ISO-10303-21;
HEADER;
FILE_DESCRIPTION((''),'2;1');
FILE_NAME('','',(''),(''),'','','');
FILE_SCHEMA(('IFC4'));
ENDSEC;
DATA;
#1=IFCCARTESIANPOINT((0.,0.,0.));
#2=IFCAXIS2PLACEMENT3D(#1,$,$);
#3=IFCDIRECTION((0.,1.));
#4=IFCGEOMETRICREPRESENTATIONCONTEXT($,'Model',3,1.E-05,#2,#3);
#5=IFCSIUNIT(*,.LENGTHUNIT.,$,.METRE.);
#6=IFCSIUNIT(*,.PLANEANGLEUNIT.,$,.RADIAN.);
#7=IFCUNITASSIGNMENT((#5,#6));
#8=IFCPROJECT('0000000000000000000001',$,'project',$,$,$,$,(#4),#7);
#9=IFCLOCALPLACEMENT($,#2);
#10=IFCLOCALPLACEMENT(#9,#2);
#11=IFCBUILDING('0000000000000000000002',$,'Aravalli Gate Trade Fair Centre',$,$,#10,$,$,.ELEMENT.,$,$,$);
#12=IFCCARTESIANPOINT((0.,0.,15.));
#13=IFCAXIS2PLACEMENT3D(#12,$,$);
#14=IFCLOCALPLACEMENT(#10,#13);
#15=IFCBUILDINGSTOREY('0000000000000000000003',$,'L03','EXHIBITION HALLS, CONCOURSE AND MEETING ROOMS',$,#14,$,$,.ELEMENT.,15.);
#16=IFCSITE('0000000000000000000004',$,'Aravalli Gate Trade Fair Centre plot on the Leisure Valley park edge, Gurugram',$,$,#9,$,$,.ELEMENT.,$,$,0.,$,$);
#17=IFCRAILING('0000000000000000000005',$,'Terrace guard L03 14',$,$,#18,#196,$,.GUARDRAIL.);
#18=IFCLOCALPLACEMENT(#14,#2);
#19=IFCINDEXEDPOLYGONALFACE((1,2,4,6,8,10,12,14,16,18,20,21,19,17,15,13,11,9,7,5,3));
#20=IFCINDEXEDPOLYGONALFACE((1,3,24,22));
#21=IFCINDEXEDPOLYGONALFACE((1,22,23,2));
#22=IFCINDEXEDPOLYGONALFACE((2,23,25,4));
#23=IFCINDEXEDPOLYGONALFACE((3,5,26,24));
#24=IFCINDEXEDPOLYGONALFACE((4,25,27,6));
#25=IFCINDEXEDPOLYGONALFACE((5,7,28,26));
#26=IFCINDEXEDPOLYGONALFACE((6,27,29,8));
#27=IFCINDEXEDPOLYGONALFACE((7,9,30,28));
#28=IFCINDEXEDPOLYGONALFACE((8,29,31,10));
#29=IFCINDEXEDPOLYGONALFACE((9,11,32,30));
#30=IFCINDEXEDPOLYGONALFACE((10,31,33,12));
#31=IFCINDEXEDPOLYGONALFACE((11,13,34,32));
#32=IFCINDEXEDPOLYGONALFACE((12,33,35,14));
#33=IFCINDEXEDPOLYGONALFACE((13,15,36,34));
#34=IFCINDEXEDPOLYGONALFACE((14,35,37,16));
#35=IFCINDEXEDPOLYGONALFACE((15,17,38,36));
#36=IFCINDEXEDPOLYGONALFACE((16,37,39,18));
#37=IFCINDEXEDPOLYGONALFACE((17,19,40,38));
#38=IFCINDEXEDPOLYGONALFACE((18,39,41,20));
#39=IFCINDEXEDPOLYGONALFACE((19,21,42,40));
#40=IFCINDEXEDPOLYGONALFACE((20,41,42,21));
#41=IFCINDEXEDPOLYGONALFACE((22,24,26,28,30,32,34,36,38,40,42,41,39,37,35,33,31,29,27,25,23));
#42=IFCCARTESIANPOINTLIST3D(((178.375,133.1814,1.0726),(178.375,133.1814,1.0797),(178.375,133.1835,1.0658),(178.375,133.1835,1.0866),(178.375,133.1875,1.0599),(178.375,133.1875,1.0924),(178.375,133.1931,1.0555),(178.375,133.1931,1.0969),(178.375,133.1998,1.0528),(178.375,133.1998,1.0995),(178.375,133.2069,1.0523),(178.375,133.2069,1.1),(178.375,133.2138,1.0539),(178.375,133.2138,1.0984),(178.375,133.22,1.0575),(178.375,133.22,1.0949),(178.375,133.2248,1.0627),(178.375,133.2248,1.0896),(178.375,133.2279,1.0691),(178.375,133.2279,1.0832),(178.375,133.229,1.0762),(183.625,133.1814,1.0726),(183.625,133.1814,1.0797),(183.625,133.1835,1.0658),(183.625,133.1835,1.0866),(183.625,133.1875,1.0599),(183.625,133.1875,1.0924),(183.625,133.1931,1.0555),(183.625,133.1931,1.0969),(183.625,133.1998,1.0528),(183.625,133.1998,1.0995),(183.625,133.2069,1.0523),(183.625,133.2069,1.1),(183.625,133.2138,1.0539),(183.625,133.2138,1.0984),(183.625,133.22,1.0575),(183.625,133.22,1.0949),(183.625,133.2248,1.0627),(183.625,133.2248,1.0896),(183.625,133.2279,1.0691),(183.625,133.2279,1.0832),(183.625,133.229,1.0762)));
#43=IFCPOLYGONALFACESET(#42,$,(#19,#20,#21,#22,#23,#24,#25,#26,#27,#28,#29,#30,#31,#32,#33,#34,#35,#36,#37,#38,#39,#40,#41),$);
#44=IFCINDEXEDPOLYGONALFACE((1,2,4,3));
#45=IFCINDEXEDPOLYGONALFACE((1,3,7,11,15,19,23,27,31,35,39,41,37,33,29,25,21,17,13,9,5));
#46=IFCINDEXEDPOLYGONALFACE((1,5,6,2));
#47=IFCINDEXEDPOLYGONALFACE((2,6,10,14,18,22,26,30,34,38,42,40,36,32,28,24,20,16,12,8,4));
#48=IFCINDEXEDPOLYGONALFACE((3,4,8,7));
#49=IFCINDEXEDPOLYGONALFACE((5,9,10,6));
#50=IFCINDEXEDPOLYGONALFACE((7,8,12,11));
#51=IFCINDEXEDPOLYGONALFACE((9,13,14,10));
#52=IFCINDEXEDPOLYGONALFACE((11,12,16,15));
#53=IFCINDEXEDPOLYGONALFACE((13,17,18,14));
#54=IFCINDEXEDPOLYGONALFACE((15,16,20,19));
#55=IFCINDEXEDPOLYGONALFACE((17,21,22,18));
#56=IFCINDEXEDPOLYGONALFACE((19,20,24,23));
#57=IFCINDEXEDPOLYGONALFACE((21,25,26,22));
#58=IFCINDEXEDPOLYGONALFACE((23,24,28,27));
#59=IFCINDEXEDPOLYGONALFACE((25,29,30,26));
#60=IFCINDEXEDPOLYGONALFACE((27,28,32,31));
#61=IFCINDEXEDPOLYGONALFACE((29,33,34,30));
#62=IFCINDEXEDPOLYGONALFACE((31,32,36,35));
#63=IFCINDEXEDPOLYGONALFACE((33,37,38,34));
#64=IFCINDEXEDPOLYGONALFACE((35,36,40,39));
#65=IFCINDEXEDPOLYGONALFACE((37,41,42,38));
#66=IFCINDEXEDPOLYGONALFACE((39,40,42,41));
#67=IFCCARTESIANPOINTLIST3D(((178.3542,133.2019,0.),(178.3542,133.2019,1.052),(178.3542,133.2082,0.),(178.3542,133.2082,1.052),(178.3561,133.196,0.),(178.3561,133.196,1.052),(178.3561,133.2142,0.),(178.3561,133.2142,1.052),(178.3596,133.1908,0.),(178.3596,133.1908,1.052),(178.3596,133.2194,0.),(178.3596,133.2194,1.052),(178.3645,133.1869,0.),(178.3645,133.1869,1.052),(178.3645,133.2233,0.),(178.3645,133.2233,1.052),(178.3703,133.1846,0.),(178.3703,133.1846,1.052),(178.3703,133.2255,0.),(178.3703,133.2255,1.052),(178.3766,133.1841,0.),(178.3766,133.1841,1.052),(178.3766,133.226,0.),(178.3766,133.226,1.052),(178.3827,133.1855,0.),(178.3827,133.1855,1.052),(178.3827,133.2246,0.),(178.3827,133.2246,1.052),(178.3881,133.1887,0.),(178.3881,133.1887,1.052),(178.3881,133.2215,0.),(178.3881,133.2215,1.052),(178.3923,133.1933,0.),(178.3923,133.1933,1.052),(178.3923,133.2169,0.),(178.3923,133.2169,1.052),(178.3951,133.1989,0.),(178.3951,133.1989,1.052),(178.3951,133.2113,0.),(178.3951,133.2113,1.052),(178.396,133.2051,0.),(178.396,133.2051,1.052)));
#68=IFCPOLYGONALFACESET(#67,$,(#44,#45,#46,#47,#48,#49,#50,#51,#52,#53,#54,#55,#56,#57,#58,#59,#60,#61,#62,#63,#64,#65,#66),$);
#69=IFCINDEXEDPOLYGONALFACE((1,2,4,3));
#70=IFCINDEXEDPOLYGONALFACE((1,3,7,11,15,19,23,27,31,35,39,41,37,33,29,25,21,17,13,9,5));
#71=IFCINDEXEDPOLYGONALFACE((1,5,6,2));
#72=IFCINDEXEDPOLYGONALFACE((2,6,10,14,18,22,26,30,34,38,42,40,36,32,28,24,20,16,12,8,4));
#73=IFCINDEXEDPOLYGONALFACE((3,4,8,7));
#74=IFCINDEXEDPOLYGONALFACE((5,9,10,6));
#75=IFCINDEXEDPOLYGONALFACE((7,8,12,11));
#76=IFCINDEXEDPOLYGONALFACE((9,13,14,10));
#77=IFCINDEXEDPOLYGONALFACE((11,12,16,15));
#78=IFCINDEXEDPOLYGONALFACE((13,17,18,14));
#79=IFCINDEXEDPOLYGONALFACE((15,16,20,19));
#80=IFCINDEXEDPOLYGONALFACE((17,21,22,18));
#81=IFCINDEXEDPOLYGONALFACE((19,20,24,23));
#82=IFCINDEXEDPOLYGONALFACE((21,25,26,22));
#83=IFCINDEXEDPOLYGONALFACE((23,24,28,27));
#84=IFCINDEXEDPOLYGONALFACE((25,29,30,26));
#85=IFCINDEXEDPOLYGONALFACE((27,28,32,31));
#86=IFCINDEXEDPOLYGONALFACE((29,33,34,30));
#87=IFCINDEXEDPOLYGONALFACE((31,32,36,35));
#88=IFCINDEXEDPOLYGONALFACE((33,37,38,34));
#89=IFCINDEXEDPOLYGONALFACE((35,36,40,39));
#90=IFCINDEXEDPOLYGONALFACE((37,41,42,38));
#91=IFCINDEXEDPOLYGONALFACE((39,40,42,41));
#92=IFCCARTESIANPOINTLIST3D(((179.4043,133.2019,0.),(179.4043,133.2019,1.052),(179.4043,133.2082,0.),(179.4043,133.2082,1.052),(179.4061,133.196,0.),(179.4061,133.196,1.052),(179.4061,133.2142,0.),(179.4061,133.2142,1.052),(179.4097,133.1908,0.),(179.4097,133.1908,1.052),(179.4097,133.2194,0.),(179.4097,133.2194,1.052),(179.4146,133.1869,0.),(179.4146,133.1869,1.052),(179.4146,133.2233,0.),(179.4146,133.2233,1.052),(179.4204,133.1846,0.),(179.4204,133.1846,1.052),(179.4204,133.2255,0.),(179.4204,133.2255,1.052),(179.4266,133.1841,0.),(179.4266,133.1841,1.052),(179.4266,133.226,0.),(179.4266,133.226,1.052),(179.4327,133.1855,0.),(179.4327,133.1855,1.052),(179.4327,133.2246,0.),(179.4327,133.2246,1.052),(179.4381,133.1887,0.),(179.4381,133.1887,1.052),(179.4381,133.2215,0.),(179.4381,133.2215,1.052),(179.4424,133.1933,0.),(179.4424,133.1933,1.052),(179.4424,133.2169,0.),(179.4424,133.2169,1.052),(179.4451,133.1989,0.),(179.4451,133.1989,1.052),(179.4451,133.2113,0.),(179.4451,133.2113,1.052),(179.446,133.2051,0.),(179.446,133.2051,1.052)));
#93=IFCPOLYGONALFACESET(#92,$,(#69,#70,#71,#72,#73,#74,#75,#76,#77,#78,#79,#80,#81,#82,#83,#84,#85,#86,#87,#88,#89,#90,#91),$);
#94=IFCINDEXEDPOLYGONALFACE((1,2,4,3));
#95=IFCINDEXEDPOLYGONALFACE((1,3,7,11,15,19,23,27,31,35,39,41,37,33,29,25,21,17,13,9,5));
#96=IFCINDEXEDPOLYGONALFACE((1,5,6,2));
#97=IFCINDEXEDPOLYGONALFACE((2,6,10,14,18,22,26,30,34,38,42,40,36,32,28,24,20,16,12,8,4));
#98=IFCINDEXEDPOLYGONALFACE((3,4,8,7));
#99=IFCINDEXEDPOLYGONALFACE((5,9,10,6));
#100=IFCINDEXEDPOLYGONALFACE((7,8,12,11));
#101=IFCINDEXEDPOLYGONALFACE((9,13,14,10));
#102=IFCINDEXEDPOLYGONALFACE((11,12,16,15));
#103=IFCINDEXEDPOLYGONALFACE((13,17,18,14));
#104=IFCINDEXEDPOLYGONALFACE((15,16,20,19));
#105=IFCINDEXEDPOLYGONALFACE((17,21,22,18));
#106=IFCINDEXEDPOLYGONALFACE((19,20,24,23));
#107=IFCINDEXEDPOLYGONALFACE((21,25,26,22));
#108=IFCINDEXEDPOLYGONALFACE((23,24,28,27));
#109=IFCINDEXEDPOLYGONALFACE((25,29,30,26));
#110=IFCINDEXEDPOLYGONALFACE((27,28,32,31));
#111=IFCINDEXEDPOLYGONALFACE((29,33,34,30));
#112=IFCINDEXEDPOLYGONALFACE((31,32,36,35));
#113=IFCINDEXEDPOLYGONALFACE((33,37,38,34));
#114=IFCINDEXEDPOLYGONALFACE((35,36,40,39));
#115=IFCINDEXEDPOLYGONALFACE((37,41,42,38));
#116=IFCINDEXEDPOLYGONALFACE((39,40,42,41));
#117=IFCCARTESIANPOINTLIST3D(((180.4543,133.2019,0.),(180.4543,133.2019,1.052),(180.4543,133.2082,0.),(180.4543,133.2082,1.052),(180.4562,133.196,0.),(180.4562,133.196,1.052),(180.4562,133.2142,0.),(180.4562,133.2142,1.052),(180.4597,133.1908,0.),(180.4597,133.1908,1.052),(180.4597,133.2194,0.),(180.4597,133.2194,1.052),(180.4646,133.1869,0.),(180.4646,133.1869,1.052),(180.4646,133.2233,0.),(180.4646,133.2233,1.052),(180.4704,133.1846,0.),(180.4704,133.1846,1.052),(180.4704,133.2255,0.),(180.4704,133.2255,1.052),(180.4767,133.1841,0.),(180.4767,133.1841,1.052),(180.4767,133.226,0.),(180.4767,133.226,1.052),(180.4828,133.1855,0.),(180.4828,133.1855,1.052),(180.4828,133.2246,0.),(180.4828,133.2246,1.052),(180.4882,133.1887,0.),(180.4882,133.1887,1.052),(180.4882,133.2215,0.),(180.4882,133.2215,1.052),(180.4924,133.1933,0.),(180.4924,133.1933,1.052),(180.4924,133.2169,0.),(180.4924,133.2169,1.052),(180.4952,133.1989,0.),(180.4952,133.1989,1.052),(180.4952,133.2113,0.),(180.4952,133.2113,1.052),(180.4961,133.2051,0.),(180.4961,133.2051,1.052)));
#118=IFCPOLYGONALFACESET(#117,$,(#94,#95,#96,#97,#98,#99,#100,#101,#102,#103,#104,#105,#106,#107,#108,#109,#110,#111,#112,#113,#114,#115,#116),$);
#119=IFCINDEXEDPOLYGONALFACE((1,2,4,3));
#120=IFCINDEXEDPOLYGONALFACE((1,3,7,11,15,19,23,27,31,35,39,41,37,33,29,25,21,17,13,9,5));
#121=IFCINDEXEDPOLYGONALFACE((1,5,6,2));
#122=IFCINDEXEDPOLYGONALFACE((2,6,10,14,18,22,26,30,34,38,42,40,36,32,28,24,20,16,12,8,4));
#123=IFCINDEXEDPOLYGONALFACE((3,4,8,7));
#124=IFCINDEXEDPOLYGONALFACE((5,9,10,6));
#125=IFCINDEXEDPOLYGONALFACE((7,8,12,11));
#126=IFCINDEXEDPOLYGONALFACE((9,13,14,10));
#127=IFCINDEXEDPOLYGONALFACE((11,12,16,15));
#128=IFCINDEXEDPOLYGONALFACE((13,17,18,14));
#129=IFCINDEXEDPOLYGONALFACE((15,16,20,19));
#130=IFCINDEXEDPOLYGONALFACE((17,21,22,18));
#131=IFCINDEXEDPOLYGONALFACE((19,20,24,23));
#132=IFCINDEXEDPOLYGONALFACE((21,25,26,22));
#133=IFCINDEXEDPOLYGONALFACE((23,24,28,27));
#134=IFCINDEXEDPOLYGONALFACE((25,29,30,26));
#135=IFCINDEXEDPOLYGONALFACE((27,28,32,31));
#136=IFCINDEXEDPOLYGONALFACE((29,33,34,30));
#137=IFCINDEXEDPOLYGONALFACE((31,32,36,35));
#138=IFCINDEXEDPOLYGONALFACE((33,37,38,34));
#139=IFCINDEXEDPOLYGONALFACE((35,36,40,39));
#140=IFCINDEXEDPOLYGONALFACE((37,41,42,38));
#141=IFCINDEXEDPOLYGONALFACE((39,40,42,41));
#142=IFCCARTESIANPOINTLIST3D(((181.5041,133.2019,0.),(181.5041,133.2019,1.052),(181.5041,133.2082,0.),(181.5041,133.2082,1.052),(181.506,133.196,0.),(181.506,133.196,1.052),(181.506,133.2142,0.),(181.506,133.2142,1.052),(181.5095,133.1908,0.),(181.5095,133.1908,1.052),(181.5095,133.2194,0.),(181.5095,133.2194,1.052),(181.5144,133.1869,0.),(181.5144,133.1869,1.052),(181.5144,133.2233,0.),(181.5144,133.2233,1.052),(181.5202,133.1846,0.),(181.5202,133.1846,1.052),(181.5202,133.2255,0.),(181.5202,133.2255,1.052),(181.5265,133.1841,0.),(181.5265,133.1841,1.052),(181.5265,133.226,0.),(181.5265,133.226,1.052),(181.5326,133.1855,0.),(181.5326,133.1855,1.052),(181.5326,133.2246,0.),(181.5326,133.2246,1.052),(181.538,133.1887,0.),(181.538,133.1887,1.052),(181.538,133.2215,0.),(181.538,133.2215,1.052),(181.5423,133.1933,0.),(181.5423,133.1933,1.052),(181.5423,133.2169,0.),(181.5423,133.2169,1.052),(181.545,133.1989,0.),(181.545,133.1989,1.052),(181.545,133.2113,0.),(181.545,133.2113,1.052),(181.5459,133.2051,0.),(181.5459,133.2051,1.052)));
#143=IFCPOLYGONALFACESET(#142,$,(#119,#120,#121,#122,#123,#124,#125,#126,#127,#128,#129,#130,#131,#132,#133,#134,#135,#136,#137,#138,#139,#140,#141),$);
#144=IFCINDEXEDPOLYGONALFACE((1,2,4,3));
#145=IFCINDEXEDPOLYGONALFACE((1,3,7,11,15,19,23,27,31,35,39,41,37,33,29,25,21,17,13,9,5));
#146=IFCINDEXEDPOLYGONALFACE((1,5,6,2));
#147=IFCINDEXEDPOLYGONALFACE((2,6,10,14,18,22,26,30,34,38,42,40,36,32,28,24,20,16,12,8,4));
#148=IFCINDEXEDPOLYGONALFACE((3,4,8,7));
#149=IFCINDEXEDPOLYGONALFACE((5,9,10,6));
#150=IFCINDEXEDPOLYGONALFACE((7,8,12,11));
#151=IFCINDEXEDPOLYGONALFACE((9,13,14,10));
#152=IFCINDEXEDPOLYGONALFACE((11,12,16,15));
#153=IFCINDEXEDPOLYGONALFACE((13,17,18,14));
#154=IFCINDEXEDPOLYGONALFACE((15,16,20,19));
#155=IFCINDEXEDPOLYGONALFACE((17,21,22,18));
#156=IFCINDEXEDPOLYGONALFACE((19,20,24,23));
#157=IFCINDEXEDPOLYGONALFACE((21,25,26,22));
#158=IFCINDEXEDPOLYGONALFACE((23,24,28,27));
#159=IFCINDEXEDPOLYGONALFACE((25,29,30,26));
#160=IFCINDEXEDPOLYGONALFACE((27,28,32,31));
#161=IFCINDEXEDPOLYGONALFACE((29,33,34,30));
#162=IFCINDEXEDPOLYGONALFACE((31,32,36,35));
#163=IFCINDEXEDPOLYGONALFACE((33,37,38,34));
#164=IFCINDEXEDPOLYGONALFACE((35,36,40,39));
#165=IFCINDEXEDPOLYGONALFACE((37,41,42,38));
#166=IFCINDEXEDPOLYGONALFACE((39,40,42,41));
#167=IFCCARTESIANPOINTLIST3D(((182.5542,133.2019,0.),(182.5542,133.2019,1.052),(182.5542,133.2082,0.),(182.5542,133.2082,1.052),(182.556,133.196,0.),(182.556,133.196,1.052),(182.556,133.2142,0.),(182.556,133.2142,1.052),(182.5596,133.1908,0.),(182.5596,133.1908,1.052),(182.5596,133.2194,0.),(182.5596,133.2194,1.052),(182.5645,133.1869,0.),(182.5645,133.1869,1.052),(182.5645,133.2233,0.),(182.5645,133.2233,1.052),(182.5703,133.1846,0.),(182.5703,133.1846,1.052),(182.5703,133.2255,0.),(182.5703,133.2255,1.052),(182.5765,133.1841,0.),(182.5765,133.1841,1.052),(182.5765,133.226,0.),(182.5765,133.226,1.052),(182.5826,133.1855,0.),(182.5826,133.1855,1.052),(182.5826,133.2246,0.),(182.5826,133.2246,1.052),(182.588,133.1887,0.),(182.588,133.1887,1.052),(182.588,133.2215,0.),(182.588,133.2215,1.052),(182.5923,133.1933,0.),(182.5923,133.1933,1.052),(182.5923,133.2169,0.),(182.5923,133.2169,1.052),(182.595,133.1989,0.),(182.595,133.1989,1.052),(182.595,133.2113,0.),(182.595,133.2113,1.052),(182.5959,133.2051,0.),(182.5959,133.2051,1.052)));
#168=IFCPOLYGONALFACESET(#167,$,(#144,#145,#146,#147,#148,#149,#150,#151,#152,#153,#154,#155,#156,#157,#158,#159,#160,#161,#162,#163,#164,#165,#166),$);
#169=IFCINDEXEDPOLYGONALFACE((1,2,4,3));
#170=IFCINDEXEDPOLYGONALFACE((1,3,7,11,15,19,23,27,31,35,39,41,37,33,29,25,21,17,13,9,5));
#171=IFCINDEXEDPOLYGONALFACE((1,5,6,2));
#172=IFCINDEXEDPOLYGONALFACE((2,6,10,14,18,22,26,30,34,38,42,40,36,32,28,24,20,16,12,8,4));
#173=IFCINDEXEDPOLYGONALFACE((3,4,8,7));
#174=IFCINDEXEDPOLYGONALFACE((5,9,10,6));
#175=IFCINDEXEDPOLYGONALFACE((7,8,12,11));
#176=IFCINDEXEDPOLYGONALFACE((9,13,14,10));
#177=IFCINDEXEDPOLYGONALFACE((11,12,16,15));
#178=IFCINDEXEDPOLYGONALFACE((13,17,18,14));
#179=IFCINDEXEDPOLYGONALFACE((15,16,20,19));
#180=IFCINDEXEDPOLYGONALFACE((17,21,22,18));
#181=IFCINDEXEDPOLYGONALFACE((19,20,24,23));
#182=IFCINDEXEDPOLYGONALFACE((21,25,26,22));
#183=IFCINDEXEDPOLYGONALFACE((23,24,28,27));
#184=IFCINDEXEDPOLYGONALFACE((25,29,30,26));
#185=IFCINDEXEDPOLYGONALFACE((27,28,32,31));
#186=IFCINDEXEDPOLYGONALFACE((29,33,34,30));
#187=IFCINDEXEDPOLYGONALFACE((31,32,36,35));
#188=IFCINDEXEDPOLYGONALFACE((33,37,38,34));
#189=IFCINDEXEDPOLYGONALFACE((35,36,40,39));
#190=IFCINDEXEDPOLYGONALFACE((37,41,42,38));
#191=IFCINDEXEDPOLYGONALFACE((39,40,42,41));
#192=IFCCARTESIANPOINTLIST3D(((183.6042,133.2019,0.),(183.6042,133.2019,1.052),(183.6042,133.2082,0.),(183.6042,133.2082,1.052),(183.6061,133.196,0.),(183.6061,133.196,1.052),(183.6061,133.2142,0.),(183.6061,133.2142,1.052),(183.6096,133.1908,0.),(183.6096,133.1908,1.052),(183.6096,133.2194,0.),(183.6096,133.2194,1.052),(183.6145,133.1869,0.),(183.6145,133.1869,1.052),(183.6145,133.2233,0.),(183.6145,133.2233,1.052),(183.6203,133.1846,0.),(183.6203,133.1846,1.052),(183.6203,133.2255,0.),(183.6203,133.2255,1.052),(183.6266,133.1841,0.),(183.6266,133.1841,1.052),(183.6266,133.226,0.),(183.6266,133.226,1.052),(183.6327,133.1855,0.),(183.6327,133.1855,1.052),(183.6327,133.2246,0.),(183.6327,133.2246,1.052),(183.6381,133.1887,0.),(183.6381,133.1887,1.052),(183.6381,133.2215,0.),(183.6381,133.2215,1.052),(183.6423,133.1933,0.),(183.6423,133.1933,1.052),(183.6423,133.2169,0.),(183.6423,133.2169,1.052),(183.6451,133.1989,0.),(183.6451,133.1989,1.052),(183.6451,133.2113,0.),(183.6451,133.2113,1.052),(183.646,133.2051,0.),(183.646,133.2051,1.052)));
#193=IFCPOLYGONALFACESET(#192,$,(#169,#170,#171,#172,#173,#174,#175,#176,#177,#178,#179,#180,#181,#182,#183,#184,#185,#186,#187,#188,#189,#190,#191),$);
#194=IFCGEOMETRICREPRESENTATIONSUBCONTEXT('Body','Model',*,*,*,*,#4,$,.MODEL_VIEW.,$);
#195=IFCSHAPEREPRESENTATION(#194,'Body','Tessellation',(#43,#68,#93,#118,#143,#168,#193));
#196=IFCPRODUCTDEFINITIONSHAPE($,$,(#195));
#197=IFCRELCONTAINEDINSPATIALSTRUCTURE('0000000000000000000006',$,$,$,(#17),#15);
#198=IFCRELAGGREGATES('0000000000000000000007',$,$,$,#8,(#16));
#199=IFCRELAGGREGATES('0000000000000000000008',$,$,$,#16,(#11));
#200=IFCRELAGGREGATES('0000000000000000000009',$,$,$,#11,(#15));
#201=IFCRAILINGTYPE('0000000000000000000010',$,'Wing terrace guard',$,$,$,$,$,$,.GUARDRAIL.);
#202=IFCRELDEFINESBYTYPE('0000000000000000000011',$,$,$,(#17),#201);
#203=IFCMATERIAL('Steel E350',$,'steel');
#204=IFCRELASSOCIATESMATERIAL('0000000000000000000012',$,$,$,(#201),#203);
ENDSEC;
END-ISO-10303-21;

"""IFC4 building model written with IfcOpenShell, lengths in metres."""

from ifc_helpers import new_model, si_unit, direction, frame, origin, origin_2d, place, context, subcontext, project, spatial, circle, extrude, material, type_object, element, save


model = new_model("IFC4")

# Units and contexts
model_context = context("Model", 3, precision=1e-05, world=origin(), true_north=direction((0.0, 1.0)))
body_context = subcontext(model_context, "Body", "Model", "MODEL_VIEW")
ifc_project = project(units=[si_unit("LENGTHUNIT", "METRE"), si_unit("PLANEANGLEUNIT", "RADIAN")], contexts=[model_context])

# Site, building, storey
site_placement = place(None, origin())
site = spatial("IfcSite", under=ifc_project, at=site_placement, Name="Aravalli Gate Trade Fair Centre plot on the Leisure Valley park edge, Gurugram", CompositionType="ELEMENT", RefElevation=0.0)
building_placement = place(site_placement, origin())
building = spatial("IfcBuilding", under=site, at=building_placement, Name="Aravalli Gate Trade Fair Centre", CompositionType="ELEMENT")
storey_placement = place(building_placement, frame((0.0, 0.0, 15.0)))
storey = spatial("IfcBuildingStorey", under=building, at=storey_placement, Name="L03", Description="EXHIBITION HALLS, CONCOURSE AND MEETING ROOMS", CompositionType="ELEMENT", Elevation=15.0)

# Shared definitions
ifc_material_1 = material(Name="Steel E350", Category="steel")

# Railing
railing_type = type_object("IfcRailingType", Name="Wing terrace guard", PredefinedType="GUARDRAIL", material=ifc_material_1)
railing_1_placement = place(storey_placement, frame((178.375, 133.2051, 0.0)))
element("IfcRailing", 1, at=railing_1_placement, inside=storey, type_object=railing_type, Name="Terrace guard L03 14", PredefinedType="GUARDRAIL", context=body_context, shape_type="SweptSolid", body=[
    extrude(circle(Radius=0.0239, at=origin_2d()), frame((0.0, 0.0, 1.0762), z_axis=(1.0, 0.0, 0.0), x_axis=(0.0, 1.0, 0.0)), (0.0, 0.0, 1.0), 5.25),
    extrude(circle(Radius=0.021, at=origin_2d()), origin(), (0.0, 0.0, 1.0), 1.052),
    extrude(circle(Radius=0.021, at=origin_2d()), frame((1.05, 0.0, 0.0)), (0.0, 0.0, 1.0), 1.052),
    extrude(circle(Radius=0.021, at=origin_2d()), frame((2.1001, 0.0, 0.0)), (0.0, 0.0, 1.0), 1.052),
    extrude(circle(Radius=0.021, at=origin_2d()), frame((3.1499, 0.0, 0.0)), (0.0, 0.0, 1.0), 1.052),
    extrude(circle(Radius=0.021, at=origin_2d()), frame((4.2, 0.0, 0.0)), (0.0, 0.0, 1.0), 1.052),
    extrude(circle(Radius=0.021, at=origin_2d()), frame((5.25, 0.0, 0.0)), (0.0, 0.0, 1.0), 1.052),
])

save(model, "model.ifc")
